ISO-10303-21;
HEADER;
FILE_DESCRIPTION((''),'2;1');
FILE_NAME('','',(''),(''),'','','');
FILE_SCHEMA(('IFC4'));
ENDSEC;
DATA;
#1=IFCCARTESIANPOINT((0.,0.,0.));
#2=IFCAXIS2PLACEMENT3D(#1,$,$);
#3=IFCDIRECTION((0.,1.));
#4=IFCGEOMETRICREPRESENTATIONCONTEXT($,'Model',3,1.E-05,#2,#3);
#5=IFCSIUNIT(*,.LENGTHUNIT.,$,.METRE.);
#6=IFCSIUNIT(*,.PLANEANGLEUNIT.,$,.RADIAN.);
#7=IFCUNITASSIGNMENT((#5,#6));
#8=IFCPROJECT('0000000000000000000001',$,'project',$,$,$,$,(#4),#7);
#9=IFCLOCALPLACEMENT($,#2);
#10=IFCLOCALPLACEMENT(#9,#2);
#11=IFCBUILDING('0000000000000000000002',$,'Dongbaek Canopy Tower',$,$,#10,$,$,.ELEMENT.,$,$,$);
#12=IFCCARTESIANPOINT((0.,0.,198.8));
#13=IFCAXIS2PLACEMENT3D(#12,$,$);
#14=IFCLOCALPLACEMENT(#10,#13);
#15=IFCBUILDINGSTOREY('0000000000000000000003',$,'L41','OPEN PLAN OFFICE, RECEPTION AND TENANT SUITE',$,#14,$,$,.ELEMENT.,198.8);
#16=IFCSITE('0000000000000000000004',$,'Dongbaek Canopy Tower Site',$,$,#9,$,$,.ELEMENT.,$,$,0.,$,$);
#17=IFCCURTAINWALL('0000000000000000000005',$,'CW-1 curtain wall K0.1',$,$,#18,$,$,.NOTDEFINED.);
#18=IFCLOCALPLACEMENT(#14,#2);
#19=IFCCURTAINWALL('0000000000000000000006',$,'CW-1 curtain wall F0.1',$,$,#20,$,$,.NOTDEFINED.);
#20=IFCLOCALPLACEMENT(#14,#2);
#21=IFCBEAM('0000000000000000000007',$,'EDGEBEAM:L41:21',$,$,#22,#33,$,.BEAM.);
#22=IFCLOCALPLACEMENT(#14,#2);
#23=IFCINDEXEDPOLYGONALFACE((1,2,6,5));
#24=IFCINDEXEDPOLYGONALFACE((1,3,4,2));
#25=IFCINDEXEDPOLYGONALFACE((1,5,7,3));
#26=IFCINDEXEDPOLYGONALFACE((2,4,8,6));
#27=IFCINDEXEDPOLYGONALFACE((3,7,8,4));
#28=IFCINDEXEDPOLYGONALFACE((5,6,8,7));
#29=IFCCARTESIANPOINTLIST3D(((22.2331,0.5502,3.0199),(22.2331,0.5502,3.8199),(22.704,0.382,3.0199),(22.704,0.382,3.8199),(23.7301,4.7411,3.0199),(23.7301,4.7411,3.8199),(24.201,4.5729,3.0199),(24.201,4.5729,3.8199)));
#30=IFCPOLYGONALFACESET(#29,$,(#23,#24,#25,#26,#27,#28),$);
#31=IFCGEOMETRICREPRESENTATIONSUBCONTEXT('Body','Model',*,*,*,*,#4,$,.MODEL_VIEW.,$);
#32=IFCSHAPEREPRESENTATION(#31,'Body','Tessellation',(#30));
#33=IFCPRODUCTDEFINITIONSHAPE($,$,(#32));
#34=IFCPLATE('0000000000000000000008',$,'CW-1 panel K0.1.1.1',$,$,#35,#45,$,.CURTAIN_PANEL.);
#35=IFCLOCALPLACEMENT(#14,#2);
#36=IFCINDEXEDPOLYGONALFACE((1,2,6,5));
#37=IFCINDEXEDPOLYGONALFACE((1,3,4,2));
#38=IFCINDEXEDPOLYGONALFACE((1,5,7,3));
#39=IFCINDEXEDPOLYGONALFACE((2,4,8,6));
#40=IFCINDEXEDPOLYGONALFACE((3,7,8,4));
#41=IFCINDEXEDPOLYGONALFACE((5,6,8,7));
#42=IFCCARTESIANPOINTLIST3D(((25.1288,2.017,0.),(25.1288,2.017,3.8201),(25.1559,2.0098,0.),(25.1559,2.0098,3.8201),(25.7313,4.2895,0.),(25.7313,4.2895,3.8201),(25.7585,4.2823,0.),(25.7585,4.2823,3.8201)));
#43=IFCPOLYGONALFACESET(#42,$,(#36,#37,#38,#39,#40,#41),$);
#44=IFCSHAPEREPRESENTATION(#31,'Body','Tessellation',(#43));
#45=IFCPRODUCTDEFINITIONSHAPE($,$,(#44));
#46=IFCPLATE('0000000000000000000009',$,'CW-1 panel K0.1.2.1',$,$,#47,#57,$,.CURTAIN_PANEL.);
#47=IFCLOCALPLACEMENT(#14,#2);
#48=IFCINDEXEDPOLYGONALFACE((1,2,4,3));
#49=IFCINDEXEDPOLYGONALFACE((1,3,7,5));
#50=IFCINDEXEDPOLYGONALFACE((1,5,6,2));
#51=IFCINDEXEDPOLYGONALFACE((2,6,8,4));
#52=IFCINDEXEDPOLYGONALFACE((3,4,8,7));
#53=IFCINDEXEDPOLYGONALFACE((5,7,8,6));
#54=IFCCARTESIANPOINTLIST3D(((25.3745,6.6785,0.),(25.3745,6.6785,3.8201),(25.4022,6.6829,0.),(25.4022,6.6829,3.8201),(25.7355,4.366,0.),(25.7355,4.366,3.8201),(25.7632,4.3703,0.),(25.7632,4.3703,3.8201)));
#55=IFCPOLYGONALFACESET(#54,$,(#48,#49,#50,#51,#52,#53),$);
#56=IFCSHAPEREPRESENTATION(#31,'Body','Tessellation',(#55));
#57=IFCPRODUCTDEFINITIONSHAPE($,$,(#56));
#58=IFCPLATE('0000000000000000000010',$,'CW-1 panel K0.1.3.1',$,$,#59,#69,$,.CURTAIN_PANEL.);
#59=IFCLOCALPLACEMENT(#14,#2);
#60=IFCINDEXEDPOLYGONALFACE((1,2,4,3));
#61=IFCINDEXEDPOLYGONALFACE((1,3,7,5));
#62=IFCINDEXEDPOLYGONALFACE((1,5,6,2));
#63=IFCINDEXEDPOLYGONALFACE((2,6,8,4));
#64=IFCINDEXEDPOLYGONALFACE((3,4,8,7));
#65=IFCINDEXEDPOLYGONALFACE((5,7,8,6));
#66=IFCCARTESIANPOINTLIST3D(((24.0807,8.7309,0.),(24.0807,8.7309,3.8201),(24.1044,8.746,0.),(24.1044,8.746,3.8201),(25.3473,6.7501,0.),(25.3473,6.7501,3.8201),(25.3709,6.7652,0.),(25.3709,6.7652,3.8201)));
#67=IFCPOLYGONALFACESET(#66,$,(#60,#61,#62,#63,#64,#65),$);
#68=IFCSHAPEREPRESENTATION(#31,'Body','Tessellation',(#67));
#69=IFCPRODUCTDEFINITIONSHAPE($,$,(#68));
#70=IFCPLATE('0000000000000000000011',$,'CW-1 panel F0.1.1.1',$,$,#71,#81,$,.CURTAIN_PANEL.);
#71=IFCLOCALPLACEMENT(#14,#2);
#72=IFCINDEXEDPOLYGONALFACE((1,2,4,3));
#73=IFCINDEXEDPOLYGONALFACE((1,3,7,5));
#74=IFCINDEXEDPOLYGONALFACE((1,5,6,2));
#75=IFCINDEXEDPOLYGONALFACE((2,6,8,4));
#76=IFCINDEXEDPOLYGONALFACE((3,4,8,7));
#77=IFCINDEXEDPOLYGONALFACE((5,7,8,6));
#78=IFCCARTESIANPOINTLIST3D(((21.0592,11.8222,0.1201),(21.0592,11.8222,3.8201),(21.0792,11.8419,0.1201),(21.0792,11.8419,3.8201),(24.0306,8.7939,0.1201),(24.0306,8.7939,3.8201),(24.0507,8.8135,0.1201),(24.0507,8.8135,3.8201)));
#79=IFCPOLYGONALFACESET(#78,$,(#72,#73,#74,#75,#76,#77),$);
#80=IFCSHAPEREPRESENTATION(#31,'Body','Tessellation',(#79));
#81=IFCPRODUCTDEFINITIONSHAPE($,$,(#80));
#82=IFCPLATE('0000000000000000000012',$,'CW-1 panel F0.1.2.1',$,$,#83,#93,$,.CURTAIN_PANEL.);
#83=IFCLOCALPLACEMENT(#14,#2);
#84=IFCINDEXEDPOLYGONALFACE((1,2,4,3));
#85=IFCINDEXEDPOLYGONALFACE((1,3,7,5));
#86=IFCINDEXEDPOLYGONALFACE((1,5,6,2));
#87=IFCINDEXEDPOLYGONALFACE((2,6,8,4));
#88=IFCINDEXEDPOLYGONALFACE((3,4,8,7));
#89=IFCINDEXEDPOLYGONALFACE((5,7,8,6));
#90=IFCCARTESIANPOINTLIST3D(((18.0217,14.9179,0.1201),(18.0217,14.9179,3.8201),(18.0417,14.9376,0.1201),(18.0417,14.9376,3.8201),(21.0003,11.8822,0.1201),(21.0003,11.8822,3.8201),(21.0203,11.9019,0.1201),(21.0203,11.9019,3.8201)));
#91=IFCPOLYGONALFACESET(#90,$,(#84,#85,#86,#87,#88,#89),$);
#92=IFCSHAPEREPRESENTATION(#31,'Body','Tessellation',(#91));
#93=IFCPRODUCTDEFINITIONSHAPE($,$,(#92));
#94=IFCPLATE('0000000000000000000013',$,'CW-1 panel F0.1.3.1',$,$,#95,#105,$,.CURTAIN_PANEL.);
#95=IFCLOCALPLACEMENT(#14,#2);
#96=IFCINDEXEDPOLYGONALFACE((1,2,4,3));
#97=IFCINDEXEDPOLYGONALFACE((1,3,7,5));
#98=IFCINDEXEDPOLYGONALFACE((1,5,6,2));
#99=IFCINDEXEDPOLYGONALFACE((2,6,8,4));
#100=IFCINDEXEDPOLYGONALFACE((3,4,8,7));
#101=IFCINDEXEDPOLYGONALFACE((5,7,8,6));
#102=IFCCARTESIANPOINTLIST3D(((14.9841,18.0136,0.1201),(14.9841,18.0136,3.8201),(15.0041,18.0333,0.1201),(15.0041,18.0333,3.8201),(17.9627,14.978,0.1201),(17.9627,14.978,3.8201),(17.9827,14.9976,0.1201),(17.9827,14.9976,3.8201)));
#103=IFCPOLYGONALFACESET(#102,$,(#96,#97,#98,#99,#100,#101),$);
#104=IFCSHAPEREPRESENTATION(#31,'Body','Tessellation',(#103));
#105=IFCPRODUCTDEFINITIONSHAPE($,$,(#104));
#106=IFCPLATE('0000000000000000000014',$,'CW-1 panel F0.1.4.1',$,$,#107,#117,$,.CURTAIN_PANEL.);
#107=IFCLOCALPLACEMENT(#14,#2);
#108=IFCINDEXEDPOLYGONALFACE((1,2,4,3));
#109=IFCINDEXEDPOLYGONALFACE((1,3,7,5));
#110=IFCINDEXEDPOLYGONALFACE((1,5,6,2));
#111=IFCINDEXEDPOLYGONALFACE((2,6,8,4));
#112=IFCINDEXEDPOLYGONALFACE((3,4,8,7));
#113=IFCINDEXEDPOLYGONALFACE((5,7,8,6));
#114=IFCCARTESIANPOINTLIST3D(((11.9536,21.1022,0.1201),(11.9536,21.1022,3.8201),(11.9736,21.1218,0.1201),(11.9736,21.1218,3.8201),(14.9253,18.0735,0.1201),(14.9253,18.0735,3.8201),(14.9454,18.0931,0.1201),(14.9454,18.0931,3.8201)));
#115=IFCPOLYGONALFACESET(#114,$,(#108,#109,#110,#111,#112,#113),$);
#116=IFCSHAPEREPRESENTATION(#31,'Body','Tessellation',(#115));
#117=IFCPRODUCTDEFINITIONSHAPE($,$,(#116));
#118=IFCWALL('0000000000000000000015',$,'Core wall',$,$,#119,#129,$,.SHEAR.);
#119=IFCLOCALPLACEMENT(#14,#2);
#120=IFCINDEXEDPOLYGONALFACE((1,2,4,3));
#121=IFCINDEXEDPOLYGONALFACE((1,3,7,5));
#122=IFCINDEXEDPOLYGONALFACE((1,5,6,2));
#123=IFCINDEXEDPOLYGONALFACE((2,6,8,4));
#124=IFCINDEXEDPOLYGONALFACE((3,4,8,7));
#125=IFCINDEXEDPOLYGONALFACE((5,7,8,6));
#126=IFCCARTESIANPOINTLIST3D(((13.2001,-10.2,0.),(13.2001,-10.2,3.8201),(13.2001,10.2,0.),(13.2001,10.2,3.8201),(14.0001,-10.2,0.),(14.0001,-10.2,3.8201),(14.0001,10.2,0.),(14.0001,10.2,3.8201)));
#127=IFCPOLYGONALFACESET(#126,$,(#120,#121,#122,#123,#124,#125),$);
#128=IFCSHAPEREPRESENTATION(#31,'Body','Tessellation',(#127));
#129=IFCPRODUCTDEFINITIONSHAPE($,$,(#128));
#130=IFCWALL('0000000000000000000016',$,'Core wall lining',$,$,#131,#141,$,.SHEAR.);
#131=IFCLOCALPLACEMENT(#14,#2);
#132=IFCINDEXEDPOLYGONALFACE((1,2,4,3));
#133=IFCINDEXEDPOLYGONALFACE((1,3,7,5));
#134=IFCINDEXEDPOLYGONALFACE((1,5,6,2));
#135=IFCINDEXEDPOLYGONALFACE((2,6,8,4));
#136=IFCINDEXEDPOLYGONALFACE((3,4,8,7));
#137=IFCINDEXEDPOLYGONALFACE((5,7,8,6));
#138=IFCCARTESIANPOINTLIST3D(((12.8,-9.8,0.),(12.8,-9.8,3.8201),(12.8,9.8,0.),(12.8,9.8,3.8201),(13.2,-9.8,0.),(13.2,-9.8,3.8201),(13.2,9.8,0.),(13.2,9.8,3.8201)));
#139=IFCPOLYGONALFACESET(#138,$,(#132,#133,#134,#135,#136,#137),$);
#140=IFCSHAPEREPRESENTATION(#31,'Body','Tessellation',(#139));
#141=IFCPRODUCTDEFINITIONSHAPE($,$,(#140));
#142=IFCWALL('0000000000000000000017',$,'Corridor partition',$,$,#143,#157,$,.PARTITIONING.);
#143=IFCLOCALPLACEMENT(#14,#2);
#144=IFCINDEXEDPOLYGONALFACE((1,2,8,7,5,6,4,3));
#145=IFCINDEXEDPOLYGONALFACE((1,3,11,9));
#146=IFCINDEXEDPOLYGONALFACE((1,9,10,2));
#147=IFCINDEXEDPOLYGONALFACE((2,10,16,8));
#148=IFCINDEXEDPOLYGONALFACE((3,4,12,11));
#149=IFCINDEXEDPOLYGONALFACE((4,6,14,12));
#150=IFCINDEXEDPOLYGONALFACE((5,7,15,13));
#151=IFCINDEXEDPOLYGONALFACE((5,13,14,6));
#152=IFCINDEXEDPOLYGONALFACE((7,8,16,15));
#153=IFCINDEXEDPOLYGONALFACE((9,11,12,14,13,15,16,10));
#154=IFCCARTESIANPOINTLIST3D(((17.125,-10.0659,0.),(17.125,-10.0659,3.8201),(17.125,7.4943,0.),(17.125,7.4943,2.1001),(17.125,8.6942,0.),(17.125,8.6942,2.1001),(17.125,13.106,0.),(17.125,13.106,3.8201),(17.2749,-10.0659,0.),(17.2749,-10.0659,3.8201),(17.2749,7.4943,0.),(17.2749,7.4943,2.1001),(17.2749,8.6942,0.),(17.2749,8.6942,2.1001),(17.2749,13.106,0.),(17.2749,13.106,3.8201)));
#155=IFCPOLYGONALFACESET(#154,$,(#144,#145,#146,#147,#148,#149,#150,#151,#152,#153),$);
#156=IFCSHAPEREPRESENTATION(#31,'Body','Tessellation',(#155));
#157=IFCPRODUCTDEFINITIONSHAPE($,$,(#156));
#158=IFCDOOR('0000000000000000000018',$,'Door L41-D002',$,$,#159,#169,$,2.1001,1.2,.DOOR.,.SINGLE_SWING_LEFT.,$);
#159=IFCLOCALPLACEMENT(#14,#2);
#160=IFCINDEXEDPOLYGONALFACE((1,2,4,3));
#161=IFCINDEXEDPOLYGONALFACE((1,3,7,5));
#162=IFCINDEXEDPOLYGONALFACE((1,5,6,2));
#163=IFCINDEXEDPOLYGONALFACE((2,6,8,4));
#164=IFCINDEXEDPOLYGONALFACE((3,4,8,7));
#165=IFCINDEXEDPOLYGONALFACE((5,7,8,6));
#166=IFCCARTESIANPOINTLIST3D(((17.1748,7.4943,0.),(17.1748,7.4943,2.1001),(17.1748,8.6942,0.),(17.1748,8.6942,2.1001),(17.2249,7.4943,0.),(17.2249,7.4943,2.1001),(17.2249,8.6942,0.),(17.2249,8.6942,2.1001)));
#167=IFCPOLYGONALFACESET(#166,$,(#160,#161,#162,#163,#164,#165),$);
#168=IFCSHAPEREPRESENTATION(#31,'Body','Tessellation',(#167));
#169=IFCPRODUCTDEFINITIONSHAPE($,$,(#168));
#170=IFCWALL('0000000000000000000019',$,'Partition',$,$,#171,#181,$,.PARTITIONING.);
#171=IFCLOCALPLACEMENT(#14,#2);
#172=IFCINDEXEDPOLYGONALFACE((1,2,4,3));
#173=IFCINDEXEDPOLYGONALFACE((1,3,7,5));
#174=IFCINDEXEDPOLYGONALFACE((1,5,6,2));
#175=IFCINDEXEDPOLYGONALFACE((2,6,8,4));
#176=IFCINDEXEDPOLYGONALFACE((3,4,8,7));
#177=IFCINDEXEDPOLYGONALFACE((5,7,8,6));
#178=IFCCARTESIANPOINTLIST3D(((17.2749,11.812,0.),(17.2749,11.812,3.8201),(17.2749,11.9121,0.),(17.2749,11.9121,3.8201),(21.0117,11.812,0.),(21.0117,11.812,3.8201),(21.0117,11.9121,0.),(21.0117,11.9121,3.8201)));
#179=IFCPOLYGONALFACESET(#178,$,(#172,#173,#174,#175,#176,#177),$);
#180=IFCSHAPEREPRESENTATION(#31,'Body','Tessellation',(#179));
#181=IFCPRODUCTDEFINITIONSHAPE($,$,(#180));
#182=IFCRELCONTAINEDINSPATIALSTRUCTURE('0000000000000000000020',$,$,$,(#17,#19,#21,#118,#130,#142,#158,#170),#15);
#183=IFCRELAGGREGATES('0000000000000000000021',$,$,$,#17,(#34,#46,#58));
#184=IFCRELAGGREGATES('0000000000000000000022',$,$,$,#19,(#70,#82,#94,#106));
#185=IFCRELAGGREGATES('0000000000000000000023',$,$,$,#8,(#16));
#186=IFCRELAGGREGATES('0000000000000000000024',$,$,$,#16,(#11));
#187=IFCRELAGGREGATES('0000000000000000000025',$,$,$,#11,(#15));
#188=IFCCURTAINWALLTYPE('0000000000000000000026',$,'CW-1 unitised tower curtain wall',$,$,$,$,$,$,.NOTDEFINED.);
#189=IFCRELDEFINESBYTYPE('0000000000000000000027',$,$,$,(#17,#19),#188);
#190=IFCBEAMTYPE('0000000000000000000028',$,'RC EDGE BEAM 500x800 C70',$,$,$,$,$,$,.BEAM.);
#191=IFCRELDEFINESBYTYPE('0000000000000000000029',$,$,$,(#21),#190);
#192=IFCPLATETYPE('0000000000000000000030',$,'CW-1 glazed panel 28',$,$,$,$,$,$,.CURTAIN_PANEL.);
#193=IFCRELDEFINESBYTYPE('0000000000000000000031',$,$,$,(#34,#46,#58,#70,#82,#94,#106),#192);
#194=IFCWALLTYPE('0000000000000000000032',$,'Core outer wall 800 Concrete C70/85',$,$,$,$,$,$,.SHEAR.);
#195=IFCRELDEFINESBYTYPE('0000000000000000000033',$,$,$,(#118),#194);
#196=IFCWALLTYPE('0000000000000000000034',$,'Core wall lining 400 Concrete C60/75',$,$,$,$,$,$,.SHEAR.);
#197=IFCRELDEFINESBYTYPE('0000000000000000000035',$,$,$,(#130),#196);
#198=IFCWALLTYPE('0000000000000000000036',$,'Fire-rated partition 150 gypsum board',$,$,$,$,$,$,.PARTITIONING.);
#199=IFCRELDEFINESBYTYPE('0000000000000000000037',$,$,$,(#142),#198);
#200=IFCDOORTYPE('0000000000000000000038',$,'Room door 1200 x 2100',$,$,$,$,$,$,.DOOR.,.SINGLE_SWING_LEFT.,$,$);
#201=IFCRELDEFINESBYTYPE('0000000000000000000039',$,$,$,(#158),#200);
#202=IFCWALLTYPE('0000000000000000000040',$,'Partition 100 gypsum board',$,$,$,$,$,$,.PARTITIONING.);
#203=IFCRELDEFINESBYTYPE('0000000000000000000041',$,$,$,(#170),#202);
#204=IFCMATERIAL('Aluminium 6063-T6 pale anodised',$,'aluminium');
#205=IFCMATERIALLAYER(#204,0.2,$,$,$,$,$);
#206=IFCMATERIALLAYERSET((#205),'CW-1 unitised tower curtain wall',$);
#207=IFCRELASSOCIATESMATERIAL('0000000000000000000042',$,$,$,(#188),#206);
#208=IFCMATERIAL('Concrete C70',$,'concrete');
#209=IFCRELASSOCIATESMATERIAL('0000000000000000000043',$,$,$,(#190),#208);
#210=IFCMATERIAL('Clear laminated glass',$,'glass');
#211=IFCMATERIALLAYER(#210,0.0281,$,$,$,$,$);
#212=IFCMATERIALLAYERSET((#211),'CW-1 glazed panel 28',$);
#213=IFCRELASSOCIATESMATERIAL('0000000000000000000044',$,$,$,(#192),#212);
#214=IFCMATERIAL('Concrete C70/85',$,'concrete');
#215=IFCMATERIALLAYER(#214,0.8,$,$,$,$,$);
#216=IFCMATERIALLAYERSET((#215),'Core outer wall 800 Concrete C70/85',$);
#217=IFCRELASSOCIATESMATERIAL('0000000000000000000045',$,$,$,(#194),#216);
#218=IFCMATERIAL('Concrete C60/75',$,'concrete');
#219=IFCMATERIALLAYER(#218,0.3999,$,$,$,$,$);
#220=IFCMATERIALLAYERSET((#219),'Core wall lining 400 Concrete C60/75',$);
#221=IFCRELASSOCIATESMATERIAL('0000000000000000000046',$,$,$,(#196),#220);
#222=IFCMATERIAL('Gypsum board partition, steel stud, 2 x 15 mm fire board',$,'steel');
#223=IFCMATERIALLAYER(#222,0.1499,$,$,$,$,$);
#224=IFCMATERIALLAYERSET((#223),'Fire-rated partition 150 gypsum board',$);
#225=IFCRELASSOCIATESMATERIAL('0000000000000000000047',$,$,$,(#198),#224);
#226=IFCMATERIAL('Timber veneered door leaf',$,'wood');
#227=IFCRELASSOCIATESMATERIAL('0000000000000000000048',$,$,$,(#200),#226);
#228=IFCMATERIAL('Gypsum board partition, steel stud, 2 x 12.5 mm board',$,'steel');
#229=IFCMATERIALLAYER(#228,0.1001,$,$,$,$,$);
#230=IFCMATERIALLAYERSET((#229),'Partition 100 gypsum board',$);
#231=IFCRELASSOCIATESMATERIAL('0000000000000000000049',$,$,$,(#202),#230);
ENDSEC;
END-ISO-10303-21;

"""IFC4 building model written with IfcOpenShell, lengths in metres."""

from ifc_helpers import new_model, si_unit, direction, frame, frame_2d, origin, origin_2d, place, context, subcontext, project, spatial, rectangle, extrude, material, layer, layer_set, material_profile, profile_set, type_object, element, fill, aggregate, save


model = new_model("IFC4")

# Units and contexts
model_context = context("Model", 3, precision=1e-05, world=origin(), true_north=direction((0.0, 1.0)))
body_context = subcontext(model_context, "Body", "Model", "MODEL_VIEW")
ifc_project = project(units=[si_unit("LENGTHUNIT", "METRE"), si_unit("PLANEANGLEUNIT", "RADIAN")], contexts=[model_context])

# Site, building, storey
site_placement = place(None, origin())
site = spatial("IfcSite", under=ifc_project, at=site_placement, Name="Dongbaek Canopy Tower Site", CompositionType="ELEMENT", RefElevation=0.0)
building_placement = place(site_placement, origin())
building = spatial("IfcBuilding", under=site, at=building_placement, Name="Dongbaek Canopy Tower", CompositionType="ELEMENT")
storey_placement = place(building_placement, frame((0.0, 0.0, 198.8)))
storey = spatial("IfcBuildingStorey", under=building, at=storey_placement, Name="L41", Description="OPEN PLAN OFFICE, RECEPTION AND TENANT SUITE", CompositionType="ELEMENT", Elevation=198.8)

# Curtain walls
ifc_material_1 = material(Name="Aluminium 6063-T6 pale anodised", Category="aluminium")
ifc_layer_1 = layer(ifc_material_1, 0.2)
ifc_layer_set_1 = layer_set([ifc_layer_1], Name="CW-1 unitised tower curtain wall")
curtain_wall_type = type_object("IfcCurtainWallType", Name="CW-1 unitised tower curtain wall", PredefinedType="NOTDEFINED", material=ifc_layer_set_1)
curtain_wall_1_placement = place(storey_placement, origin())
curtain_wall_1 = element("IfcCurtainWall", 1, at=curtain_wall_1_placement, inside=storey, type_object=curtain_wall_type, Name="CW-1 curtain wall K0.1", PredefinedType="NOTDEFINED")
curtain_wall_2_placement = place(storey_placement, origin())
curtain_wall_2 = element("IfcCurtainWall", 2, at=curtain_wall_2_placement, inside=storey, type_object=curtain_wall_type, Name="CW-1 curtain wall F0.1", PredefinedType="NOTDEFINED")

# Beam
ifc_material_2 = material(Name="Concrete C70", Category="concrete")
ifc_material_profile_1 = material_profile(ifc_material_2, rectangle(XDim=0.5, YDim=0.8, at=origin_2d()), Name="RC EDGE BEAM 500x800 C70")
ifc_profile_set_1 = profile_set([ifc_material_profile_1], Name="Concrete C70")
beam_type = type_object("IfcBeamType", Name="RC EDGE BEAM 500x800 C70", PredefinedType="BEAM", material=ifc_profile_set_1)
beam_1_placement = place(storey_placement, frame((23.9656, 4.657, 3.4199), z_axis=(-0.336399, -0.94172, 0.0), x_axis=(0.94172, -0.336399, 0.0)))
element("IfcBeam", 3, at=beam_1_placement, inside=storey, type_object=beam_type, Name="EDGEBEAM:L41:21", PredefinedType="BEAM", context=body_context, shape_type="SweptSolid", body=[
    extrude(rectangle(XDim=0.5, YDim=0.8, at=origin_2d()), origin(), (0.0, 0.0, 1.0), 4.4502),
])

# Plates
ifc_material_3 = material(Name="Clear laminated glass", Category="glass")
ifc_layer_2 = layer(ifc_material_3, 0.0281)
ifc_layer_set_2 = layer_set([ifc_layer_2], Name="CW-1 glazed panel 28")
plate_type = type_object("IfcPlateType", Name="CW-1 glazed panel 28", PredefinedType="CURTAIN_PANEL", material=ifc_layer_set_2)
plate_1_placement = place(storey_placement, frame((25.4436, 3.1497, 0.0), z_axis=(0.0, 0.0, 1.0), x_axis=(0.256293, 0.966599, 0.0)))
plate_1 = element("IfcPlate", 4, at=plate_1_placement, type_object=plate_type, Name="CW-1 panel K0.1.1.1", PredefinedType="CURTAIN_PANEL", context=body_context, shape_type="SweptSolid", body=[
    extrude(rectangle(XDim=2.3511, YDim=0.0281, at=origin_2d()), origin(), (0.0, 0.0, 1.0), 3.8201),
])
plate_2_placement = place(storey_placement, frame((25.5688, 5.5244, 0.0), z_axis=(0.0, 0.0, 1.0), x_axis=(-0.154236, 0.988034, 0.0)))
plate_2 = element("IfcPlate", 5, at=plate_2_placement, type_object=plate_type, Name="CW-1 panel K0.1.2.1", PredefinedType="CURTAIN_PANEL", context=body_context, shape_type="SweptSolid", body=[
    extrude(rectangle(XDim=2.3406, YDim=0.0281, at=origin_2d()), origin(), (0.0, 0.0, 1.0), 3.8201),
])
plate_3_placement = place(storey_placement, frame((24.7258, 7.748, 0.0), z_axis=(0.0, 0.0, 1.0), x_axis=(-0.5387, 0.842498, 0.0)))
plate_3 = element("IfcPlate", 6, at=plate_3_placement, type_object=plate_type, Name="CW-1 panel K0.1.3.1", PredefinedType="CURTAIN_PANEL", context=body_context, shape_type="SweptSolid", body=[
    extrude(rectangle(XDim=2.3511, YDim=0.0281, at=origin_2d()), origin(), (0.0, 0.0, 1.0), 3.8201),
])
plate_4_placement = place(storey_placement, frame((22.5549, 10.3179, 0.1201), z_axis=(0.0, 0.0, 1.0), x_axis=(-0.700368, 0.713782, 0.0)))
plate_4 = element("IfcPlate", 7, at=plate_4_placement, type_object=plate_type, Name="CW-1 panel F0.1.1.1", PredefinedType="CURTAIN_PANEL", context=body_context, shape_type="SweptSolid", body=[
    extrude(rectangle(XDim=4.2427, YDim=0.0281, at=origin_2d()), origin(), (0.0, 0.0, 1.0), 3.7),
])
plate_5_placement = place(storey_placement, frame((19.521, 13.4099, 0.1201), z_axis=(0.0, 0.0, 1.0), x_axis=(-0.700368, 0.713782, 0.0)))
plate_5 = element("IfcPlate", 8, at=plate_5_placement, type_object=plate_type, Name="CW-1 panel F0.1.2.1", PredefinedType="CURTAIN_PANEL", context=body_context, shape_type="SweptSolid", body=[
    extrude(rectangle(XDim=4.2529, YDim=0.0281, at=origin_2d()), origin(), (0.0, 0.0, 1.0), 3.7),
])
plate_6_placement = place(storey_placement, frame((16.4834, 16.5056, 0.1201), z_axis=(0.0, 0.0, 1.0), x_axis=(-0.700368, 0.713782, 0.0)))
plate_6 = element("IfcPlate", 9, at=plate_6_placement, type_object=plate_type, Name="CW-1 panel F0.1.3.1", PredefinedType="CURTAIN_PANEL", context=body_context, shape_type="SweptSolid", body=[
    extrude(rectangle(XDim=4.2529, YDim=0.0281, at=origin_2d()), origin(), (0.0, 0.0, 1.0), 3.7),
])
plate_7_placement = place(storey_placement, frame((13.4495, 19.5977, 0.1201), z_axis=(0.0, 0.0, 1.0), x_axis=(-0.700368, 0.713782, 0.0)))
plate_7 = element("IfcPlate", 10, at=plate_7_placement, type_object=plate_type, Name="CW-1 panel F0.1.4.1", PredefinedType="CURTAIN_PANEL", context=body_context, shape_type="SweptSolid", body=[
    extrude(rectangle(XDim=4.2432, YDim=0.0281, at=origin_2d()), origin(), (0.0, 0.0, 1.0), 3.7),
])

# Walls
ifc_material_4 = material(Name="Concrete C70/85", Category="concrete")
ifc_layer_3 = layer(ifc_material_4, 0.8)
ifc_layer_set_3 = layer_set([ifc_layer_3], Name="Core outer wall 800 Concrete C70/85")
wall_type_1 = type_object("IfcWallType", Name="Core outer wall 800 Concrete C70/85", PredefinedType="SHEAR", material=ifc_layer_set_3)
wall_1_placement = place(storey_placement, frame((13.6001, 10.2, 0.0), z_axis=(0.0, 0.0, 1.0), x_axis=(0.0, -1.0, 0.0)))
element("IfcWall", 11, at=wall_1_placement, inside=storey, type_object=wall_type_1, Name="Core wall", PredefinedType="SHEAR", context=body_context, shape_type="SweptSolid", body=[
    extrude(rectangle(XDim=20.3999, YDim=0.8, at=frame_2d((10.2, 0.0))), origin(), (0.0, 0.0, 1.0), 3.8201),
])
ifc_material_5 = material(Name="Concrete C60/75", Category="concrete")
ifc_layer_4 = layer(ifc_material_5, 0.3999)
ifc_layer_set_4 = layer_set([ifc_layer_4], Name="Core wall lining 400 Concrete C60/75")
wall_type_2 = type_object("IfcWallType", Name="Core wall lining 400 Concrete C60/75", PredefinedType="SHEAR", material=ifc_layer_set_4)
wall_2_placement = place(storey_placement, frame((13.0, 9.8, 0.0), z_axis=(0.0, 0.0, 1.0), x_axis=(0.0, -1.0, 0.0)))
element("IfcWall", 12, at=wall_2_placement, inside=storey, type_object=wall_type_2, Name="Core wall lining", PredefinedType="SHEAR", context=body_context, shape_type="SweptSolid", body=[
    extrude(rectangle(XDim=19.6001, YDim=0.3999, at=frame_2d((9.8, 0.0))), origin(), (0.0, 0.0, 1.0), 3.8201),
])

# Wall, opening, door
ifc_material_6 = material(Name="Gypsum board partition, steel stud, 2 x 15 mm fire board", Category="steel")
ifc_layer_5 = layer(ifc_material_6, 0.1499)
ifc_layer_set_5 = layer_set([ifc_layer_5], Name="Fire-rated partition 150 gypsum board")
wall_type_3 = type_object("IfcWallType", Name="Fire-rated partition 150 gypsum board", PredefinedType="PARTITIONING", material=ifc_layer_set_5)
wall_3_placement = place(storey_placement, frame((17.2, 13.106, 0.0), z_axis=(0.0, 0.0, 1.0), x_axis=(0.0, -1.0, 0.0)))
wall_3 = element("IfcWall", 13, at=wall_3_placement, inside=storey, type_object=wall_type_3, Name="Corridor partition", PredefinedType="PARTITIONING", context=body_context, shape_type="SweptSolid", body=[
    extrude(rectangle(XDim=23.1719, YDim=0.1499, at=frame_2d((11.5859, 0.0))), origin(), (0.0, 0.0, 1.0), 3.8201),
])
opening_placement = place(wall_3_placement, frame((4.4116, 0.0, 0.0)))
opening = element("IfcOpeningElement", 14, at=opening_placement, cuts=wall_3, PredefinedType="OPENING", context=body_context, shape_type="SweptSolid", body=[
    extrude(rectangle(XDim=1.2, YDim=2.1001, at=frame_2d((0.6001, 1.05))), frame((0.0, 0.085, 0.0), z_axis=(0.0, -1.0, 0.0), x_axis=(1.0, 0.0, 0.0)), (0.0, 0.0, 1.0), 0.1699),
])
ifc_material_7 = material(Name="Timber veneered door leaf", Category="wood")
door_type = type_object("IfcDoorType", Name="Room door 1200 x 2100", OperationType="SINGLE_SWING_LEFT", PredefinedType="DOOR", material=ifc_material_7)
door_placement = place(opening_placement, origin())
door = element("IfcDoor", 15, at=door_placement, inside=storey, type_object=door_type, Name="Door L41-D002", OperationType="SINGLE_SWING_LEFT", OverallHeight=2.1001, OverallWidth=1.2, PredefinedType="DOOR", context=body_context, shape_type="SweptSolid", body=[
    extrude(rectangle(XDim=1.2, YDim=2.1001, at=frame_2d((0.6001, 1.05))), frame((0.0, 0.0249, 0.0), z_axis=(0.0, -1.0, 0.0), x_axis=(1.0, 0.0, 0.0)), (0.0, 0.0, 1.0), 0.05),
])
fill(opening, door)

# Wall
ifc_material_8 = material(Name="Gypsum board partition, steel stud, 2 x 12.5 mm board", Category="steel")
ifc_layer_6 = layer(ifc_material_8, 0.1001)
ifc_layer_set_6 = layer_set([ifc_layer_6], Name="Partition 100 gypsum board")
wall_type_4 = type_object("IfcWallType", Name="Partition 100 gypsum board", PredefinedType="PARTITIONING", material=ifc_layer_set_6)
wall_4_placement = place(storey_placement, frame((17.2749, 11.8621, 0.0), z_axis=(0.0, 0.0, 1.0), x_axis=(1.0, 0.0, 0.0)))
element("IfcWall", 16, at=wall_4_placement, inside=storey, type_object=wall_type_4, Name="Partition", PredefinedType="PARTITIONING", context=body_context, shape_type="SweptSolid", body=[
    extrude(rectangle(XDim=3.7368, YDim=0.1001, at=frame_2d((1.8684, 0.0))), origin(), (0.0, 0.0, 1.0), 3.8201),
])

aggregate(curtain_wall_1, [plate_1, plate_2, plate_3])
aggregate(curtain_wall_2, [plate_4, plate_5, plate_6, plate_7])

save(model, "model.ifc")
